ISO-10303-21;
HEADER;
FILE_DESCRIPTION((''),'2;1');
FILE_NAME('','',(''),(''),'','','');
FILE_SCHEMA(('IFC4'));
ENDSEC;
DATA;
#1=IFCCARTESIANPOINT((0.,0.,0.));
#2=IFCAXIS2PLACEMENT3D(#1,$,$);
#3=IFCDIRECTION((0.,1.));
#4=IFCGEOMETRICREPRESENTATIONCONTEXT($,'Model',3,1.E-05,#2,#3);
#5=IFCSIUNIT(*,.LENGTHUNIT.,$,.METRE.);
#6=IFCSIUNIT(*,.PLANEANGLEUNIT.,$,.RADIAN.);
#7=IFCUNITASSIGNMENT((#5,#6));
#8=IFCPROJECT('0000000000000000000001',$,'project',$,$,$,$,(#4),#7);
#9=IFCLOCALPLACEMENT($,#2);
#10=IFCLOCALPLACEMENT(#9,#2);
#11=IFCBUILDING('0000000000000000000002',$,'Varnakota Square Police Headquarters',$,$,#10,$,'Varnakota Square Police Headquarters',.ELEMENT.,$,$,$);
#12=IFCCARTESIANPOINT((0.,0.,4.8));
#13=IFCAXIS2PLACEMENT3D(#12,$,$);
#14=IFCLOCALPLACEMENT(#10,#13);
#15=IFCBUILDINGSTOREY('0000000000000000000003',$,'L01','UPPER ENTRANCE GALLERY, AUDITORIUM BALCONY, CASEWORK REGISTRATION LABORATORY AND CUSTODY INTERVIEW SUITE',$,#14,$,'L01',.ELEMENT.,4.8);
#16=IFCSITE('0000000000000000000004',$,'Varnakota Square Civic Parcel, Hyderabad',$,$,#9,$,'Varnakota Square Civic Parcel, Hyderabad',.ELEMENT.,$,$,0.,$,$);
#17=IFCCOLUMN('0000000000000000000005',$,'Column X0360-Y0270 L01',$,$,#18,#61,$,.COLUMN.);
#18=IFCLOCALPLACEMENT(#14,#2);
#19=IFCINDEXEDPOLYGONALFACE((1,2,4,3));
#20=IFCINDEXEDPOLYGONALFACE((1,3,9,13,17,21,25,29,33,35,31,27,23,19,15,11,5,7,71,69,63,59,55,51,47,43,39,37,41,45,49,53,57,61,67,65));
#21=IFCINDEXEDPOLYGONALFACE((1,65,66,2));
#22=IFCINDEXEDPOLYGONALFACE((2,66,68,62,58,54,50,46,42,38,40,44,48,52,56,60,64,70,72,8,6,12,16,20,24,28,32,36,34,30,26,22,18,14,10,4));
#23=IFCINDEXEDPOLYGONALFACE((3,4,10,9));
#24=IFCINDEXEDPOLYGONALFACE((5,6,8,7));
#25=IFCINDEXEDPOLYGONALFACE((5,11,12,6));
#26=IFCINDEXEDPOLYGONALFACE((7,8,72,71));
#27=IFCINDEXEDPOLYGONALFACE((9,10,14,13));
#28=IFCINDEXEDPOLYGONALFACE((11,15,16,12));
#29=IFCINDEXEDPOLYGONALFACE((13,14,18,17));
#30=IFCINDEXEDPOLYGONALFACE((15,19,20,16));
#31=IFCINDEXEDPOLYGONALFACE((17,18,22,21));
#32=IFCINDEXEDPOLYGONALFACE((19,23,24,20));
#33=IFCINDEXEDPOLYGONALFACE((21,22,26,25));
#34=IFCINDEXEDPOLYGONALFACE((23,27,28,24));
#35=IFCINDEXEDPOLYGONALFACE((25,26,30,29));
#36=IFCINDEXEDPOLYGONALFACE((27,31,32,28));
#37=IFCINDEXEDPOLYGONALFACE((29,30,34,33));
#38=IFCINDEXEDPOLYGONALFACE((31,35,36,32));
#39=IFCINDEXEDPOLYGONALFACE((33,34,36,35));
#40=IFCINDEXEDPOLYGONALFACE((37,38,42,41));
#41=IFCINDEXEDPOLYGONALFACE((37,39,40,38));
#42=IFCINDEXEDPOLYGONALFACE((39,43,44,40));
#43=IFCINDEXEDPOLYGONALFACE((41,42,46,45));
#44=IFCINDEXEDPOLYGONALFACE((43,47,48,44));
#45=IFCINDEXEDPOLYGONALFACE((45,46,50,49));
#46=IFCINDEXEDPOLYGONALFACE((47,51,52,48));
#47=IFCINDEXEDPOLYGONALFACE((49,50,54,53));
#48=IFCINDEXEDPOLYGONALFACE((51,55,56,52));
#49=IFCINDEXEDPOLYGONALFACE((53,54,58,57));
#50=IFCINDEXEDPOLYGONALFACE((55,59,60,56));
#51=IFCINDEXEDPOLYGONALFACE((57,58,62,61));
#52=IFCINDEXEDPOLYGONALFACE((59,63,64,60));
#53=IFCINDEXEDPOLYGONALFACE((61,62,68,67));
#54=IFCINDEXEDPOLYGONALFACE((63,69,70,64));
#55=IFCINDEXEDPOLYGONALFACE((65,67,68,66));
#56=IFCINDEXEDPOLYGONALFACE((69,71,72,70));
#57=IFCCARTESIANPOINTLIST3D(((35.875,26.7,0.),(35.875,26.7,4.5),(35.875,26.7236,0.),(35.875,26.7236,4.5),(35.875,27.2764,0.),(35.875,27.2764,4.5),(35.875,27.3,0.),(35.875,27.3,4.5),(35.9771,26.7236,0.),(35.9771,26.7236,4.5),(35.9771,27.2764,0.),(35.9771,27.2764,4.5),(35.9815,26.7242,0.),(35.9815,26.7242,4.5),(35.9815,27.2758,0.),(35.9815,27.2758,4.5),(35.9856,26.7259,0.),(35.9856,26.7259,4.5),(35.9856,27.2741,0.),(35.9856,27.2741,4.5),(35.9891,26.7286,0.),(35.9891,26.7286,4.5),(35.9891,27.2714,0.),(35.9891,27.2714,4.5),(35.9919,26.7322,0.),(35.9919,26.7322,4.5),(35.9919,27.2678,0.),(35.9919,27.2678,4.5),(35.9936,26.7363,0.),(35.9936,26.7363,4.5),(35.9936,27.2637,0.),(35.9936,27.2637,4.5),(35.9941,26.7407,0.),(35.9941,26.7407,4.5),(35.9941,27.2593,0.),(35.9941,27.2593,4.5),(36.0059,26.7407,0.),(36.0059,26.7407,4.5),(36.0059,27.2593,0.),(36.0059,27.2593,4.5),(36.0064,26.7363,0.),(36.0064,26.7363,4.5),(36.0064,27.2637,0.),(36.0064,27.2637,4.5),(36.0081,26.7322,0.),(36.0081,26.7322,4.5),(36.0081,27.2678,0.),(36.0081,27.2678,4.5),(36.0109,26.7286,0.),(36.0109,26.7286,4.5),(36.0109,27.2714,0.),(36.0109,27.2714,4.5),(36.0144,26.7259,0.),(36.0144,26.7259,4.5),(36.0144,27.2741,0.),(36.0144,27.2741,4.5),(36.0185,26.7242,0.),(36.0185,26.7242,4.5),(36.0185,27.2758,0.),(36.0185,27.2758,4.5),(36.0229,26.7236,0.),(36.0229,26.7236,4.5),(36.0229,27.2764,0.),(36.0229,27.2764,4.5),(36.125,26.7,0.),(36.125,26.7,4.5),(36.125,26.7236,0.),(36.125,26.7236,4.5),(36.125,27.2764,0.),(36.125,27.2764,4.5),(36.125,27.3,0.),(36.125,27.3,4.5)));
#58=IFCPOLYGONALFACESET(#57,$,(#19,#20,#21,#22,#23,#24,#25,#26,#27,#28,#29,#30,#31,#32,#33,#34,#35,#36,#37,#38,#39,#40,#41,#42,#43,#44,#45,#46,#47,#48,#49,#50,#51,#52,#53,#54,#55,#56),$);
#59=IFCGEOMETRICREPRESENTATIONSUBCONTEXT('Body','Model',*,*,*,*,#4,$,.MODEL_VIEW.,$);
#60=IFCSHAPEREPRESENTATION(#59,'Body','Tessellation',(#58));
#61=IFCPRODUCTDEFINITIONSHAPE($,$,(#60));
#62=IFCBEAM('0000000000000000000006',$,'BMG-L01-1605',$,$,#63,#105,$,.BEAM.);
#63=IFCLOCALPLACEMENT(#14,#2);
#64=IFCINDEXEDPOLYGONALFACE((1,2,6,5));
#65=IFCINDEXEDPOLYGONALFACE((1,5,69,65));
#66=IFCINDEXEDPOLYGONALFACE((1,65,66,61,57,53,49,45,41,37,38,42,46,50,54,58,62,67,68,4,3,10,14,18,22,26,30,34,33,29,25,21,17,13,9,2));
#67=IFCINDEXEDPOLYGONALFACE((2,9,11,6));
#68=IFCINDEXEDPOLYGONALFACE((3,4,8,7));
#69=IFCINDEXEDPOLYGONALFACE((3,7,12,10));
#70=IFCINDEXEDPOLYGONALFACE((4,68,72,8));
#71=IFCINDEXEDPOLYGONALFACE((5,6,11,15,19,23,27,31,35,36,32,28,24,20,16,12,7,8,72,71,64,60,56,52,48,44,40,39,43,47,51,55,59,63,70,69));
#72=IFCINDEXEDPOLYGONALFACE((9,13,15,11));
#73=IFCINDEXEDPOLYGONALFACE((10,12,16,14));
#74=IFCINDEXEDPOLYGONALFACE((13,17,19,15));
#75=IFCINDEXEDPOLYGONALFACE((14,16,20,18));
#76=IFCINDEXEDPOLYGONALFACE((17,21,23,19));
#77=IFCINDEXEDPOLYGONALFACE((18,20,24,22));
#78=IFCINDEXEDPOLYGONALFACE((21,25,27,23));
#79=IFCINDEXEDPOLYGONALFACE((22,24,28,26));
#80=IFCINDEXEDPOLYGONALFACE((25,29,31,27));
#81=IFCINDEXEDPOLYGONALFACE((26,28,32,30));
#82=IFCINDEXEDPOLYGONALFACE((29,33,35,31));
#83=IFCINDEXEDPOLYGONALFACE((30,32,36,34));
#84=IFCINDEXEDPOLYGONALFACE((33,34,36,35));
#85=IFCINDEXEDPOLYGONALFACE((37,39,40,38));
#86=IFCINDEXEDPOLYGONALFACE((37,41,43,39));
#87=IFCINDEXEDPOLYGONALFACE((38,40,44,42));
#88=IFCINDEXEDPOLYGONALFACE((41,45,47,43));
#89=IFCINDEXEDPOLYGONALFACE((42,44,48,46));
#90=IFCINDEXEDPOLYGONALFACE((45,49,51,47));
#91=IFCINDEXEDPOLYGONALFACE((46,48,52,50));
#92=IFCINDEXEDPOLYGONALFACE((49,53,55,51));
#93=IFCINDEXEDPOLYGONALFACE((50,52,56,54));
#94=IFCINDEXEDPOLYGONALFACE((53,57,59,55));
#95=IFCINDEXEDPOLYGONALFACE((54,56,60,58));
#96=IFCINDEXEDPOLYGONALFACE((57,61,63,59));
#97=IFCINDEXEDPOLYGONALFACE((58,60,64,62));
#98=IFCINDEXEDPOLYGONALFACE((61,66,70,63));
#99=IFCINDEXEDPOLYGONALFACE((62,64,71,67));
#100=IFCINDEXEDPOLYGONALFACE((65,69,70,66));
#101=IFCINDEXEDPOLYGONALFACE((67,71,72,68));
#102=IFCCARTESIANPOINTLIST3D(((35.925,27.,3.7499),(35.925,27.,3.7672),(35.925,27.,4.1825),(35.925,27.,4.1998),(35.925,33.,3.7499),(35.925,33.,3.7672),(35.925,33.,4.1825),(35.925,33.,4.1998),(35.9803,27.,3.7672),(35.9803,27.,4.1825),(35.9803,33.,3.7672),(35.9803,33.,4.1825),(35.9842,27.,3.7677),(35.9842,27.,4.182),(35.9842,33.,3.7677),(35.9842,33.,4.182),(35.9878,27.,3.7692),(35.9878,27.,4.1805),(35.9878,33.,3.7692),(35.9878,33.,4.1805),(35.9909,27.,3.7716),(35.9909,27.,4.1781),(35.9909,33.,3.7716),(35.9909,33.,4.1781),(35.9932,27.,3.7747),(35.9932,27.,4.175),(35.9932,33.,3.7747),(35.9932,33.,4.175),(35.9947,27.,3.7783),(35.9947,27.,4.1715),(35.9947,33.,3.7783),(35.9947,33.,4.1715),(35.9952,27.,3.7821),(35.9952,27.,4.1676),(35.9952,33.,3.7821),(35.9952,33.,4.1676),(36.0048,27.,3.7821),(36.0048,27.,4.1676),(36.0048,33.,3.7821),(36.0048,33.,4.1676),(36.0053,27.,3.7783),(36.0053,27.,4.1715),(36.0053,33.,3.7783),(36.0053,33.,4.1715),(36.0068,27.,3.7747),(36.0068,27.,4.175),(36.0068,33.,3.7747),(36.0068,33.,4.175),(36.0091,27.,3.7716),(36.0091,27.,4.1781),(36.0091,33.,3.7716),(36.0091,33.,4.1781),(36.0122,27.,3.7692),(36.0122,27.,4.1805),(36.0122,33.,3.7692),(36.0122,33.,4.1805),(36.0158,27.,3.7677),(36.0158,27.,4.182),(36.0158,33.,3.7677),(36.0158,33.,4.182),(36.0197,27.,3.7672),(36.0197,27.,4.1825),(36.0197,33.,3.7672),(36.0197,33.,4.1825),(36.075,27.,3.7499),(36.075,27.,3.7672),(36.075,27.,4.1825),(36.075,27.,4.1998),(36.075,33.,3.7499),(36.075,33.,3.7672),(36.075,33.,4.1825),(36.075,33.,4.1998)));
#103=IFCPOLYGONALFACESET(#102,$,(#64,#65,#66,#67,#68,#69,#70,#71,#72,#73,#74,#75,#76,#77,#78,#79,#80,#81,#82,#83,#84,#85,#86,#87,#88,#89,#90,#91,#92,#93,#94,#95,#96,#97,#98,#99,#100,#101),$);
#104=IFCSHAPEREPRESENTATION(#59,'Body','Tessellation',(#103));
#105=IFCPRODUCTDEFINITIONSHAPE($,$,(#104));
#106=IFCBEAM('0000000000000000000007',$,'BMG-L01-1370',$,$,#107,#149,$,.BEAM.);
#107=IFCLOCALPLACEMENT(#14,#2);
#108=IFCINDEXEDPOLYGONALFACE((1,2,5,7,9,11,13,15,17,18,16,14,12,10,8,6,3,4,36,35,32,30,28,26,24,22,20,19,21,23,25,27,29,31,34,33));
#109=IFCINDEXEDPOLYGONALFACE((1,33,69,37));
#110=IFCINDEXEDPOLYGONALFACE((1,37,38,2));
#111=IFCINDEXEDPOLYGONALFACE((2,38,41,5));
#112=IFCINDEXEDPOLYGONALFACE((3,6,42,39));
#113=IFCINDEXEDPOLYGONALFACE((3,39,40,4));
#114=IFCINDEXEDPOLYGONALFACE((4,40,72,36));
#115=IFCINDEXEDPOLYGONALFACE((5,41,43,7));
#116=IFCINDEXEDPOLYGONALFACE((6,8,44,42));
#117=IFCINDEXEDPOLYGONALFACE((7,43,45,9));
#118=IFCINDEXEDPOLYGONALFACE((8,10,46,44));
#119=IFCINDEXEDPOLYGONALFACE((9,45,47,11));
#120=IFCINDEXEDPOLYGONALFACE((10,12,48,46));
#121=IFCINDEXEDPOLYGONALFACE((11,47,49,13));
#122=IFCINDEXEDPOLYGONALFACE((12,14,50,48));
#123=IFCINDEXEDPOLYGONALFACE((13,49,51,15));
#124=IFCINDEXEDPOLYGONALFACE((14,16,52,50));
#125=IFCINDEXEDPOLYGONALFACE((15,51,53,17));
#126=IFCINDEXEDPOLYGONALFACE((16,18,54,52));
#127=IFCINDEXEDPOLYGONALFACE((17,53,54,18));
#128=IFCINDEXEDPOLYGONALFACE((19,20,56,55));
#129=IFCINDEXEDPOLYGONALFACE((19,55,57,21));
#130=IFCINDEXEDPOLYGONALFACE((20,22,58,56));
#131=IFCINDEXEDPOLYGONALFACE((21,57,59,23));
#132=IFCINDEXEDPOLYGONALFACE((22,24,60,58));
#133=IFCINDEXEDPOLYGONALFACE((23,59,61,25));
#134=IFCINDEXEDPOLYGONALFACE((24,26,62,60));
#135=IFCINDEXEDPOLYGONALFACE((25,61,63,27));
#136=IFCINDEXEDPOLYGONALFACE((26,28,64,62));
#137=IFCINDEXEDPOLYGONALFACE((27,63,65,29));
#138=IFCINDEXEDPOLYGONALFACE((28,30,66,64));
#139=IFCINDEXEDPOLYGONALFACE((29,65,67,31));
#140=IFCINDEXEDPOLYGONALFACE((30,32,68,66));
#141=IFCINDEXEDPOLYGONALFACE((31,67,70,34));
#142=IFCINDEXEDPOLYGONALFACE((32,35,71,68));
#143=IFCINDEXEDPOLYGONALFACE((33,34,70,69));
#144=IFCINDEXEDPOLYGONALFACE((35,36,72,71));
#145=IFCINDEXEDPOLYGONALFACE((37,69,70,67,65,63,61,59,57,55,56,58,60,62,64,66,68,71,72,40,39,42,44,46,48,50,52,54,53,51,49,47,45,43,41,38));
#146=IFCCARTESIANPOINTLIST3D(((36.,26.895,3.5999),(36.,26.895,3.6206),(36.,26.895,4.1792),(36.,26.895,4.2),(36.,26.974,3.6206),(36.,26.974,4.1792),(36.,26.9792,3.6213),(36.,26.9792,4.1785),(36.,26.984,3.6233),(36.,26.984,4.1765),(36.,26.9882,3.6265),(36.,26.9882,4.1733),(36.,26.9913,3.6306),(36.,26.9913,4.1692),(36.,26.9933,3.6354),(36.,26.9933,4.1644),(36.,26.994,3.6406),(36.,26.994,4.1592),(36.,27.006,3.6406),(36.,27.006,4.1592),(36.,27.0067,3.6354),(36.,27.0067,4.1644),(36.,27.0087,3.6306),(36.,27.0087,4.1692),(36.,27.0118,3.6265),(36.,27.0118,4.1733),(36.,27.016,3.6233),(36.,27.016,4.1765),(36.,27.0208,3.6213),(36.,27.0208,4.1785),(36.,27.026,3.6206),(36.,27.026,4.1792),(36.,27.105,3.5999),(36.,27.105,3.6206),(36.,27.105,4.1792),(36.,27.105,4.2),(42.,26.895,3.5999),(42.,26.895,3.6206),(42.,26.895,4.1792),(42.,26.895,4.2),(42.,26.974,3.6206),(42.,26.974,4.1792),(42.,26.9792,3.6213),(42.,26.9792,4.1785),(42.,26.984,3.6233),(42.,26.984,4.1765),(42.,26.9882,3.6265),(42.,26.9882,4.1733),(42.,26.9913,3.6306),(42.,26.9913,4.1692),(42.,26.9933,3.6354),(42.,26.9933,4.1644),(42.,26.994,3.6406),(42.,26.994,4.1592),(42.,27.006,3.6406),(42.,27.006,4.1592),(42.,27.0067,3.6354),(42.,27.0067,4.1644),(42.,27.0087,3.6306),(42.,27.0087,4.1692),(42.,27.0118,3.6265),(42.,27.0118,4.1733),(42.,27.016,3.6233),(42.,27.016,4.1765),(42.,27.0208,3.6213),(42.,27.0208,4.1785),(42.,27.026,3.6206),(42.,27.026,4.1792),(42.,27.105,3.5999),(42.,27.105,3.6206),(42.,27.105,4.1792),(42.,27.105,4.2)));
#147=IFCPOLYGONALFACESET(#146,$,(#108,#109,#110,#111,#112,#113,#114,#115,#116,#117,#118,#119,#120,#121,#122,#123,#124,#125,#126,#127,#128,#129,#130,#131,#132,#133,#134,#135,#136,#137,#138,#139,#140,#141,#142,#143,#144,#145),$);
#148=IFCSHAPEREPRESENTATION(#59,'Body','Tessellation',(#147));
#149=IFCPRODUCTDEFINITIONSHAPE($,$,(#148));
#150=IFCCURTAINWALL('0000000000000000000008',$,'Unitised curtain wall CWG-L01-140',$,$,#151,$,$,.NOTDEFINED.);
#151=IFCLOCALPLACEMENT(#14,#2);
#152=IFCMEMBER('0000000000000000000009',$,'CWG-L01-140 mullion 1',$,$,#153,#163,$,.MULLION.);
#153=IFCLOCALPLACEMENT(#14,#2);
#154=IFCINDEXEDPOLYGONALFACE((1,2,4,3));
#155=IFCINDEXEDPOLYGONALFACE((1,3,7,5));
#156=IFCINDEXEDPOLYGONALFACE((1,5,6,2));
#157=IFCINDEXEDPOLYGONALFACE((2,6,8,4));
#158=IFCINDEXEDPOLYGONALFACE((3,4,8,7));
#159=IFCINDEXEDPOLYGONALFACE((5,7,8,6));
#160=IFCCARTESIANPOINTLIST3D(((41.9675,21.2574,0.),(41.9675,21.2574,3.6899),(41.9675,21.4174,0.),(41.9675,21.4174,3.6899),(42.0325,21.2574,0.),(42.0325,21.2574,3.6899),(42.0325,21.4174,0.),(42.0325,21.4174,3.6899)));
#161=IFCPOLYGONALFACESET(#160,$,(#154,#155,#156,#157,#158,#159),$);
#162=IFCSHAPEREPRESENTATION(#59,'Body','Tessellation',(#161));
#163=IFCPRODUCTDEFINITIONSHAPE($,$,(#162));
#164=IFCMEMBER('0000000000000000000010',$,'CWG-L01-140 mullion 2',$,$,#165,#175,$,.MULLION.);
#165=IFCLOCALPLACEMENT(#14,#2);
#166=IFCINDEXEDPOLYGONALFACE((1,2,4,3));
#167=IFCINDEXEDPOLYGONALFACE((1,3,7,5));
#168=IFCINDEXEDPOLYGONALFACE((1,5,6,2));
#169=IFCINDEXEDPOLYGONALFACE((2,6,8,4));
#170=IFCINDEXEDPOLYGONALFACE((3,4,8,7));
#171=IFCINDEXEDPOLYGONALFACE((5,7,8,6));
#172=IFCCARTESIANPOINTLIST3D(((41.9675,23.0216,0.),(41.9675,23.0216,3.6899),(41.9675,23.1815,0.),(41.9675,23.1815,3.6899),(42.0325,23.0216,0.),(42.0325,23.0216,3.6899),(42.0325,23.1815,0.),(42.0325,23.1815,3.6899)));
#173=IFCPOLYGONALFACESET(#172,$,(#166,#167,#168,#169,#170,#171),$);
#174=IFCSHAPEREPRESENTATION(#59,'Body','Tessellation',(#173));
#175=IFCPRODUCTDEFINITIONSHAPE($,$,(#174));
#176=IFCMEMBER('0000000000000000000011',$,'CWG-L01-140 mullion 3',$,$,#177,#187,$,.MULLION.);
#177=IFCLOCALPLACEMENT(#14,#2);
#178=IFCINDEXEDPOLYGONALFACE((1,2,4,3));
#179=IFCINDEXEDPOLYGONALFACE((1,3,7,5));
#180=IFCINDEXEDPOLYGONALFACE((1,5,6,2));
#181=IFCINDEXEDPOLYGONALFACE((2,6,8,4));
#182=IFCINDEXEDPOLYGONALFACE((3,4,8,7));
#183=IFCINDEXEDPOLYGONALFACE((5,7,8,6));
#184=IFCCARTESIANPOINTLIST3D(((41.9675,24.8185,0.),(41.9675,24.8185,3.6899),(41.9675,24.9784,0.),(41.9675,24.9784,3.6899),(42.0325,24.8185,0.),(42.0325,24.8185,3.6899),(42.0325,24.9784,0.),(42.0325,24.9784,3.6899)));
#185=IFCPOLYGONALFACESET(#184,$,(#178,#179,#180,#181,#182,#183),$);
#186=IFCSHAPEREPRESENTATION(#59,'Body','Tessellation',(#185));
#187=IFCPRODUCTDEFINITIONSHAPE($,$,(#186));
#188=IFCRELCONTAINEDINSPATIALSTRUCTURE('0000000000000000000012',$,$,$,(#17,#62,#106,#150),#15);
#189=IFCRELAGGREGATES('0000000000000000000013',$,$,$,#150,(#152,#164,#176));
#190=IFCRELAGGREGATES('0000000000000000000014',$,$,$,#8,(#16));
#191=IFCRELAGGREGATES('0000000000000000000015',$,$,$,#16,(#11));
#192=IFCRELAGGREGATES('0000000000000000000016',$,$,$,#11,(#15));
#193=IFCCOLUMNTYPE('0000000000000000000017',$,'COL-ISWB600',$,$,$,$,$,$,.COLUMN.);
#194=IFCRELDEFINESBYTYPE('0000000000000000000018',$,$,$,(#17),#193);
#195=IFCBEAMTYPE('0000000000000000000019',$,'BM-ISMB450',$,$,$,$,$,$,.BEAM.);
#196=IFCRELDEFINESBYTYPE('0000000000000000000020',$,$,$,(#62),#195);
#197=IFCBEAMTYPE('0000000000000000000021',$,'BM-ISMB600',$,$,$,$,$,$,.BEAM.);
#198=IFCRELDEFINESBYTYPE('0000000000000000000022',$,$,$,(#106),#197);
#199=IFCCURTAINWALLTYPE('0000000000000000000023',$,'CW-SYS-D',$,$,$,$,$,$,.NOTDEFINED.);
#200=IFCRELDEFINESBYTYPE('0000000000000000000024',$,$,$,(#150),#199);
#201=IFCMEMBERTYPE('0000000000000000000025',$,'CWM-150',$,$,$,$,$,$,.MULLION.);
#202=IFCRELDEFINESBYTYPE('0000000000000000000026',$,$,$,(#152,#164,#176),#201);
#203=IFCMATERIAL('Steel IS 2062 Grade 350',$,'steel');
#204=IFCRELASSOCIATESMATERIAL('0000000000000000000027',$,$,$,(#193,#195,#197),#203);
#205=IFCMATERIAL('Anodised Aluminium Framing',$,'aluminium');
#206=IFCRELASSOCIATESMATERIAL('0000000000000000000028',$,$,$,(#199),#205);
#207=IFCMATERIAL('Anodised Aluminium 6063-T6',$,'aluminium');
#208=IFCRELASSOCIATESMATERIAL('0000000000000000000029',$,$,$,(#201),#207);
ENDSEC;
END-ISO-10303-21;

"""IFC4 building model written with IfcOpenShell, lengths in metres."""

from ifc_helpers import new_model, si_unit, direction, frame, origin, origin_2d, place, context, subcontext, project, spatial, rectangle, i_section, extrude, material, material_profile, profile_set, type_object, element, aggregate, save


model = new_model("IFC4")

# Units and contexts
model_context = context("Model", 3, precision=1e-05, world=origin(), true_north=direction((0.0, 1.0)))
body_context = subcontext(model_context, "Body", "Model", "MODEL_VIEW")
ifc_project = project(units=[si_unit("LENGTHUNIT", "METRE"), si_unit("PLANEANGLEUNIT", "RADIAN")], contexts=[model_context])

# Site, building, storey
site_placement = place(None, origin())
site = spatial("IfcSite", under=ifc_project, at=site_placement, Name="Varnakota Square Civic Parcel, Hyderabad", LongName="Varnakota Square Civic Parcel, Hyderabad", CompositionType="ELEMENT", RefElevation=0.0)
building_placement = place(site_placement, origin())
building = spatial("IfcBuilding", under=site, at=building_placement, Name="Varnakota Square Police Headquarters", LongName="Varnakota Square Police Headquarters", CompositionType="ELEMENT")
storey_placement = place(building_placement, frame((0.0, 0.0, 4.8)))
storey = spatial("IfcBuildingStorey", under=building, at=storey_placement, Name="L01", Description="UPPER ENTRANCE GALLERY, AUDITORIUM BALCONY, CASEWORK REGISTRATION LABORATORY AND CUSTODY INTERVIEW SUITE", LongName="L01", CompositionType="ELEMENT", Elevation=4.8)

# Column
ifc_material_1 = material(Name="Steel IS 2062 Grade 350", Category="steel")
ifc_material_profile_1 = material_profile(ifc_material_1, i_section(OverallWidth=0.25, OverallDepth=0.6001, WebThickness=0.0117, FlangeThickness=0.0237, FilletRadius=0.0171, at=origin_2d()), Name="ISWB 600")
ifc_profile_set_1 = profile_set([ifc_material_profile_1], Name="Steel IS 2062 Grade 350")
column_type = type_object("IfcColumnType", Name="COL-ISWB600", PredefinedType="COLUMN", material=ifc_profile_set_1)
column_placement = place(storey_placement, frame((36.0, 27.0, 0.0), z_axis=(0.0, 0.0, 1.0), x_axis=(1.0, 0.0, 0.0)))
element("IfcColumn", 1, at=column_placement, inside=storey, type_object=column_type, Name="Column X0360-Y0270 L01", PredefinedType="COLUMN", context=body_context, shape_type="SweptSolid", body=[
    extrude(i_section(OverallWidth=0.25, OverallDepth=0.6001, WebThickness=0.0117, FlangeThickness=0.0237, FilletRadius=0.0171, at=origin_2d()), origin(), (0.0, 0.0, 1.0), 4.5),
])

# Beams
ifc_material_profile_2 = material_profile(ifc_material_1, i_section(OverallWidth=0.1499, OverallDepth=0.45, WebThickness=0.0095, FlangeThickness=0.0173, FilletRadius=0.0149, at=origin_2d()), Name="ISMB 450")
ifc_profile_set_2 = profile_set([ifc_material_profile_2], Name="Steel IS 2062 Grade 350")
beam_type_1 = type_object("IfcBeamType", Name="BM-ISMB450", PredefinedType="BEAM", material=ifc_profile_set_2)
beam_1_placement = place(storey_placement, frame((36.0, 27.0, 3.9749), z_axis=(0.0, 1.0, 0.0), x_axis=(-1.0, 0.0, 0.0)))
element("IfcBeam", 2, at=beam_1_placement, inside=storey, type_object=beam_type_1, Name="BMG-L01-1605", PredefinedType="BEAM", context=body_context, shape_type="SweptSolid", body=[
    extrude(i_section(OverallWidth=0.1499, OverallDepth=0.45, WebThickness=0.0095, FlangeThickness=0.0173, FilletRadius=0.0149, at=origin_2d()), origin(), (0.0, 0.0, 1.0), 6.0),
])
ifc_material_profile_3 = material_profile(ifc_material_1, i_section(OverallWidth=0.21, OverallDepth=0.6001, WebThickness=0.012, FlangeThickness=0.0208, FilletRadius=0.02, at=origin_2d()), Name="ISMB 600")
ifc_profile_set_3 = profile_set([ifc_material_profile_3], Name="Steel IS 2062 Grade 350")
beam_type_2 = type_object("IfcBeamType", Name="BM-ISMB600", PredefinedType="BEAM", material=ifc_profile_set_3)
beam_2_placement = place(storey_placement, frame((36.0, 27.0, 3.8999), z_axis=(1.0, 0.0, 0.0), x_axis=(0.0, 1.0, 0.0)))
element("IfcBeam", 3, at=beam_2_placement, inside=storey, type_object=beam_type_2, Name="BMG-L01-1370", PredefinedType="BEAM", context=body_context, shape_type="SweptSolid", body=[
    extrude(i_section(OverallWidth=0.21, OverallDepth=0.6001, WebThickness=0.012, FlangeThickness=0.0208, FilletRadius=0.02, at=origin_2d()), origin(), (0.0, 0.0, 1.0), 6.0),
])

# Curtain wall, members
ifc_material_2 = material(Name="Anodised Aluminium Framing", Category="aluminium")
curtain_wall_type = type_object("IfcCurtainWallType", Name="CW-SYS-D", PredefinedType="NOTDEFINED", material=ifc_material_2)
curtain_wall_placement = place(storey_placement, origin())
curtain_wall = element("IfcCurtainWall", 4, at=curtain_wall_placement, inside=storey, type_object=curtain_wall_type, Name="Unitised curtain wall CWG-L01-140", PredefinedType="NOTDEFINED")
ifc_material_3 = material(Name="Anodised Aluminium 6063-T6", Category="aluminium")
ifc_material_profile_4 = material_profile(ifc_material_3, rectangle(XDim=0.0649, YDim=0.1599, at=origin_2d()), Name="ALU MULLION 65x160")
ifc_profile_set_4 = profile_set([ifc_material_profile_4], Name="Anodised Aluminium 6063-T6")
member_type_1 = type_object("IfcMemberType", Name="CWM-150", PredefinedType="MULLION", material=ifc_profile_set_4)
member_1_placement = place(storey_placement, frame((42.0, 21.3374, 0.0), z_axis=(0.0, 0.0, 1.0), x_axis=(-1.0, 0.0, 0.0)))
member_1 = element("IfcMember", 5, at=member_1_placement, type_object=member_type_1, Name="CWG-L01-140 mullion 1", PredefinedType="MULLION", context=body_context, shape_type="SweptSolid", body=[
    extrude(rectangle(XDim=0.0649, YDim=0.1599, at=origin_2d()), origin(), (0.0, 0.0, 1.0), 3.6899),
])
member_2_placement = place(storey_placement, frame((42.0, 23.1016, 0.0), z_axis=(0.0, 0.0, 1.0), x_axis=(-1.0, 0.0, 0.0)))
member_2 = element("IfcMember", 6, at=member_2_placement, type_object=member_type_1, Name="CWG-L01-140 mullion 2", PredefinedType="MULLION", context=body_context, shape_type="SweptSolid", body=[
    extrude(rectangle(XDim=0.0649, YDim=0.1599, at=origin_2d()), origin(), (0.0, 0.0, 1.0), 3.6899),
])
member_3_placement = place(storey_placement, frame((42.0, 24.8984, 0.0), z_axis=(0.0, 0.0, 1.0), x_axis=(-1.0, 0.0, 0.0)))
member_3 = element("IfcMember", 7, at=member_3_placement, type_object=member_type_1, Name="CWG-L01-140 mullion 3", PredefinedType="MULLION", context=body_context, shape_type="SweptSolid", body=[
    extrude(rectangle(XDim=0.0649, YDim=0.1599, at=origin_2d()), origin(), (0.0, 0.0, 1.0), 3.6899),
])
aggregate(curtain_wall, [member_1, member_2, member_3])

save(model, "model.ifc")
